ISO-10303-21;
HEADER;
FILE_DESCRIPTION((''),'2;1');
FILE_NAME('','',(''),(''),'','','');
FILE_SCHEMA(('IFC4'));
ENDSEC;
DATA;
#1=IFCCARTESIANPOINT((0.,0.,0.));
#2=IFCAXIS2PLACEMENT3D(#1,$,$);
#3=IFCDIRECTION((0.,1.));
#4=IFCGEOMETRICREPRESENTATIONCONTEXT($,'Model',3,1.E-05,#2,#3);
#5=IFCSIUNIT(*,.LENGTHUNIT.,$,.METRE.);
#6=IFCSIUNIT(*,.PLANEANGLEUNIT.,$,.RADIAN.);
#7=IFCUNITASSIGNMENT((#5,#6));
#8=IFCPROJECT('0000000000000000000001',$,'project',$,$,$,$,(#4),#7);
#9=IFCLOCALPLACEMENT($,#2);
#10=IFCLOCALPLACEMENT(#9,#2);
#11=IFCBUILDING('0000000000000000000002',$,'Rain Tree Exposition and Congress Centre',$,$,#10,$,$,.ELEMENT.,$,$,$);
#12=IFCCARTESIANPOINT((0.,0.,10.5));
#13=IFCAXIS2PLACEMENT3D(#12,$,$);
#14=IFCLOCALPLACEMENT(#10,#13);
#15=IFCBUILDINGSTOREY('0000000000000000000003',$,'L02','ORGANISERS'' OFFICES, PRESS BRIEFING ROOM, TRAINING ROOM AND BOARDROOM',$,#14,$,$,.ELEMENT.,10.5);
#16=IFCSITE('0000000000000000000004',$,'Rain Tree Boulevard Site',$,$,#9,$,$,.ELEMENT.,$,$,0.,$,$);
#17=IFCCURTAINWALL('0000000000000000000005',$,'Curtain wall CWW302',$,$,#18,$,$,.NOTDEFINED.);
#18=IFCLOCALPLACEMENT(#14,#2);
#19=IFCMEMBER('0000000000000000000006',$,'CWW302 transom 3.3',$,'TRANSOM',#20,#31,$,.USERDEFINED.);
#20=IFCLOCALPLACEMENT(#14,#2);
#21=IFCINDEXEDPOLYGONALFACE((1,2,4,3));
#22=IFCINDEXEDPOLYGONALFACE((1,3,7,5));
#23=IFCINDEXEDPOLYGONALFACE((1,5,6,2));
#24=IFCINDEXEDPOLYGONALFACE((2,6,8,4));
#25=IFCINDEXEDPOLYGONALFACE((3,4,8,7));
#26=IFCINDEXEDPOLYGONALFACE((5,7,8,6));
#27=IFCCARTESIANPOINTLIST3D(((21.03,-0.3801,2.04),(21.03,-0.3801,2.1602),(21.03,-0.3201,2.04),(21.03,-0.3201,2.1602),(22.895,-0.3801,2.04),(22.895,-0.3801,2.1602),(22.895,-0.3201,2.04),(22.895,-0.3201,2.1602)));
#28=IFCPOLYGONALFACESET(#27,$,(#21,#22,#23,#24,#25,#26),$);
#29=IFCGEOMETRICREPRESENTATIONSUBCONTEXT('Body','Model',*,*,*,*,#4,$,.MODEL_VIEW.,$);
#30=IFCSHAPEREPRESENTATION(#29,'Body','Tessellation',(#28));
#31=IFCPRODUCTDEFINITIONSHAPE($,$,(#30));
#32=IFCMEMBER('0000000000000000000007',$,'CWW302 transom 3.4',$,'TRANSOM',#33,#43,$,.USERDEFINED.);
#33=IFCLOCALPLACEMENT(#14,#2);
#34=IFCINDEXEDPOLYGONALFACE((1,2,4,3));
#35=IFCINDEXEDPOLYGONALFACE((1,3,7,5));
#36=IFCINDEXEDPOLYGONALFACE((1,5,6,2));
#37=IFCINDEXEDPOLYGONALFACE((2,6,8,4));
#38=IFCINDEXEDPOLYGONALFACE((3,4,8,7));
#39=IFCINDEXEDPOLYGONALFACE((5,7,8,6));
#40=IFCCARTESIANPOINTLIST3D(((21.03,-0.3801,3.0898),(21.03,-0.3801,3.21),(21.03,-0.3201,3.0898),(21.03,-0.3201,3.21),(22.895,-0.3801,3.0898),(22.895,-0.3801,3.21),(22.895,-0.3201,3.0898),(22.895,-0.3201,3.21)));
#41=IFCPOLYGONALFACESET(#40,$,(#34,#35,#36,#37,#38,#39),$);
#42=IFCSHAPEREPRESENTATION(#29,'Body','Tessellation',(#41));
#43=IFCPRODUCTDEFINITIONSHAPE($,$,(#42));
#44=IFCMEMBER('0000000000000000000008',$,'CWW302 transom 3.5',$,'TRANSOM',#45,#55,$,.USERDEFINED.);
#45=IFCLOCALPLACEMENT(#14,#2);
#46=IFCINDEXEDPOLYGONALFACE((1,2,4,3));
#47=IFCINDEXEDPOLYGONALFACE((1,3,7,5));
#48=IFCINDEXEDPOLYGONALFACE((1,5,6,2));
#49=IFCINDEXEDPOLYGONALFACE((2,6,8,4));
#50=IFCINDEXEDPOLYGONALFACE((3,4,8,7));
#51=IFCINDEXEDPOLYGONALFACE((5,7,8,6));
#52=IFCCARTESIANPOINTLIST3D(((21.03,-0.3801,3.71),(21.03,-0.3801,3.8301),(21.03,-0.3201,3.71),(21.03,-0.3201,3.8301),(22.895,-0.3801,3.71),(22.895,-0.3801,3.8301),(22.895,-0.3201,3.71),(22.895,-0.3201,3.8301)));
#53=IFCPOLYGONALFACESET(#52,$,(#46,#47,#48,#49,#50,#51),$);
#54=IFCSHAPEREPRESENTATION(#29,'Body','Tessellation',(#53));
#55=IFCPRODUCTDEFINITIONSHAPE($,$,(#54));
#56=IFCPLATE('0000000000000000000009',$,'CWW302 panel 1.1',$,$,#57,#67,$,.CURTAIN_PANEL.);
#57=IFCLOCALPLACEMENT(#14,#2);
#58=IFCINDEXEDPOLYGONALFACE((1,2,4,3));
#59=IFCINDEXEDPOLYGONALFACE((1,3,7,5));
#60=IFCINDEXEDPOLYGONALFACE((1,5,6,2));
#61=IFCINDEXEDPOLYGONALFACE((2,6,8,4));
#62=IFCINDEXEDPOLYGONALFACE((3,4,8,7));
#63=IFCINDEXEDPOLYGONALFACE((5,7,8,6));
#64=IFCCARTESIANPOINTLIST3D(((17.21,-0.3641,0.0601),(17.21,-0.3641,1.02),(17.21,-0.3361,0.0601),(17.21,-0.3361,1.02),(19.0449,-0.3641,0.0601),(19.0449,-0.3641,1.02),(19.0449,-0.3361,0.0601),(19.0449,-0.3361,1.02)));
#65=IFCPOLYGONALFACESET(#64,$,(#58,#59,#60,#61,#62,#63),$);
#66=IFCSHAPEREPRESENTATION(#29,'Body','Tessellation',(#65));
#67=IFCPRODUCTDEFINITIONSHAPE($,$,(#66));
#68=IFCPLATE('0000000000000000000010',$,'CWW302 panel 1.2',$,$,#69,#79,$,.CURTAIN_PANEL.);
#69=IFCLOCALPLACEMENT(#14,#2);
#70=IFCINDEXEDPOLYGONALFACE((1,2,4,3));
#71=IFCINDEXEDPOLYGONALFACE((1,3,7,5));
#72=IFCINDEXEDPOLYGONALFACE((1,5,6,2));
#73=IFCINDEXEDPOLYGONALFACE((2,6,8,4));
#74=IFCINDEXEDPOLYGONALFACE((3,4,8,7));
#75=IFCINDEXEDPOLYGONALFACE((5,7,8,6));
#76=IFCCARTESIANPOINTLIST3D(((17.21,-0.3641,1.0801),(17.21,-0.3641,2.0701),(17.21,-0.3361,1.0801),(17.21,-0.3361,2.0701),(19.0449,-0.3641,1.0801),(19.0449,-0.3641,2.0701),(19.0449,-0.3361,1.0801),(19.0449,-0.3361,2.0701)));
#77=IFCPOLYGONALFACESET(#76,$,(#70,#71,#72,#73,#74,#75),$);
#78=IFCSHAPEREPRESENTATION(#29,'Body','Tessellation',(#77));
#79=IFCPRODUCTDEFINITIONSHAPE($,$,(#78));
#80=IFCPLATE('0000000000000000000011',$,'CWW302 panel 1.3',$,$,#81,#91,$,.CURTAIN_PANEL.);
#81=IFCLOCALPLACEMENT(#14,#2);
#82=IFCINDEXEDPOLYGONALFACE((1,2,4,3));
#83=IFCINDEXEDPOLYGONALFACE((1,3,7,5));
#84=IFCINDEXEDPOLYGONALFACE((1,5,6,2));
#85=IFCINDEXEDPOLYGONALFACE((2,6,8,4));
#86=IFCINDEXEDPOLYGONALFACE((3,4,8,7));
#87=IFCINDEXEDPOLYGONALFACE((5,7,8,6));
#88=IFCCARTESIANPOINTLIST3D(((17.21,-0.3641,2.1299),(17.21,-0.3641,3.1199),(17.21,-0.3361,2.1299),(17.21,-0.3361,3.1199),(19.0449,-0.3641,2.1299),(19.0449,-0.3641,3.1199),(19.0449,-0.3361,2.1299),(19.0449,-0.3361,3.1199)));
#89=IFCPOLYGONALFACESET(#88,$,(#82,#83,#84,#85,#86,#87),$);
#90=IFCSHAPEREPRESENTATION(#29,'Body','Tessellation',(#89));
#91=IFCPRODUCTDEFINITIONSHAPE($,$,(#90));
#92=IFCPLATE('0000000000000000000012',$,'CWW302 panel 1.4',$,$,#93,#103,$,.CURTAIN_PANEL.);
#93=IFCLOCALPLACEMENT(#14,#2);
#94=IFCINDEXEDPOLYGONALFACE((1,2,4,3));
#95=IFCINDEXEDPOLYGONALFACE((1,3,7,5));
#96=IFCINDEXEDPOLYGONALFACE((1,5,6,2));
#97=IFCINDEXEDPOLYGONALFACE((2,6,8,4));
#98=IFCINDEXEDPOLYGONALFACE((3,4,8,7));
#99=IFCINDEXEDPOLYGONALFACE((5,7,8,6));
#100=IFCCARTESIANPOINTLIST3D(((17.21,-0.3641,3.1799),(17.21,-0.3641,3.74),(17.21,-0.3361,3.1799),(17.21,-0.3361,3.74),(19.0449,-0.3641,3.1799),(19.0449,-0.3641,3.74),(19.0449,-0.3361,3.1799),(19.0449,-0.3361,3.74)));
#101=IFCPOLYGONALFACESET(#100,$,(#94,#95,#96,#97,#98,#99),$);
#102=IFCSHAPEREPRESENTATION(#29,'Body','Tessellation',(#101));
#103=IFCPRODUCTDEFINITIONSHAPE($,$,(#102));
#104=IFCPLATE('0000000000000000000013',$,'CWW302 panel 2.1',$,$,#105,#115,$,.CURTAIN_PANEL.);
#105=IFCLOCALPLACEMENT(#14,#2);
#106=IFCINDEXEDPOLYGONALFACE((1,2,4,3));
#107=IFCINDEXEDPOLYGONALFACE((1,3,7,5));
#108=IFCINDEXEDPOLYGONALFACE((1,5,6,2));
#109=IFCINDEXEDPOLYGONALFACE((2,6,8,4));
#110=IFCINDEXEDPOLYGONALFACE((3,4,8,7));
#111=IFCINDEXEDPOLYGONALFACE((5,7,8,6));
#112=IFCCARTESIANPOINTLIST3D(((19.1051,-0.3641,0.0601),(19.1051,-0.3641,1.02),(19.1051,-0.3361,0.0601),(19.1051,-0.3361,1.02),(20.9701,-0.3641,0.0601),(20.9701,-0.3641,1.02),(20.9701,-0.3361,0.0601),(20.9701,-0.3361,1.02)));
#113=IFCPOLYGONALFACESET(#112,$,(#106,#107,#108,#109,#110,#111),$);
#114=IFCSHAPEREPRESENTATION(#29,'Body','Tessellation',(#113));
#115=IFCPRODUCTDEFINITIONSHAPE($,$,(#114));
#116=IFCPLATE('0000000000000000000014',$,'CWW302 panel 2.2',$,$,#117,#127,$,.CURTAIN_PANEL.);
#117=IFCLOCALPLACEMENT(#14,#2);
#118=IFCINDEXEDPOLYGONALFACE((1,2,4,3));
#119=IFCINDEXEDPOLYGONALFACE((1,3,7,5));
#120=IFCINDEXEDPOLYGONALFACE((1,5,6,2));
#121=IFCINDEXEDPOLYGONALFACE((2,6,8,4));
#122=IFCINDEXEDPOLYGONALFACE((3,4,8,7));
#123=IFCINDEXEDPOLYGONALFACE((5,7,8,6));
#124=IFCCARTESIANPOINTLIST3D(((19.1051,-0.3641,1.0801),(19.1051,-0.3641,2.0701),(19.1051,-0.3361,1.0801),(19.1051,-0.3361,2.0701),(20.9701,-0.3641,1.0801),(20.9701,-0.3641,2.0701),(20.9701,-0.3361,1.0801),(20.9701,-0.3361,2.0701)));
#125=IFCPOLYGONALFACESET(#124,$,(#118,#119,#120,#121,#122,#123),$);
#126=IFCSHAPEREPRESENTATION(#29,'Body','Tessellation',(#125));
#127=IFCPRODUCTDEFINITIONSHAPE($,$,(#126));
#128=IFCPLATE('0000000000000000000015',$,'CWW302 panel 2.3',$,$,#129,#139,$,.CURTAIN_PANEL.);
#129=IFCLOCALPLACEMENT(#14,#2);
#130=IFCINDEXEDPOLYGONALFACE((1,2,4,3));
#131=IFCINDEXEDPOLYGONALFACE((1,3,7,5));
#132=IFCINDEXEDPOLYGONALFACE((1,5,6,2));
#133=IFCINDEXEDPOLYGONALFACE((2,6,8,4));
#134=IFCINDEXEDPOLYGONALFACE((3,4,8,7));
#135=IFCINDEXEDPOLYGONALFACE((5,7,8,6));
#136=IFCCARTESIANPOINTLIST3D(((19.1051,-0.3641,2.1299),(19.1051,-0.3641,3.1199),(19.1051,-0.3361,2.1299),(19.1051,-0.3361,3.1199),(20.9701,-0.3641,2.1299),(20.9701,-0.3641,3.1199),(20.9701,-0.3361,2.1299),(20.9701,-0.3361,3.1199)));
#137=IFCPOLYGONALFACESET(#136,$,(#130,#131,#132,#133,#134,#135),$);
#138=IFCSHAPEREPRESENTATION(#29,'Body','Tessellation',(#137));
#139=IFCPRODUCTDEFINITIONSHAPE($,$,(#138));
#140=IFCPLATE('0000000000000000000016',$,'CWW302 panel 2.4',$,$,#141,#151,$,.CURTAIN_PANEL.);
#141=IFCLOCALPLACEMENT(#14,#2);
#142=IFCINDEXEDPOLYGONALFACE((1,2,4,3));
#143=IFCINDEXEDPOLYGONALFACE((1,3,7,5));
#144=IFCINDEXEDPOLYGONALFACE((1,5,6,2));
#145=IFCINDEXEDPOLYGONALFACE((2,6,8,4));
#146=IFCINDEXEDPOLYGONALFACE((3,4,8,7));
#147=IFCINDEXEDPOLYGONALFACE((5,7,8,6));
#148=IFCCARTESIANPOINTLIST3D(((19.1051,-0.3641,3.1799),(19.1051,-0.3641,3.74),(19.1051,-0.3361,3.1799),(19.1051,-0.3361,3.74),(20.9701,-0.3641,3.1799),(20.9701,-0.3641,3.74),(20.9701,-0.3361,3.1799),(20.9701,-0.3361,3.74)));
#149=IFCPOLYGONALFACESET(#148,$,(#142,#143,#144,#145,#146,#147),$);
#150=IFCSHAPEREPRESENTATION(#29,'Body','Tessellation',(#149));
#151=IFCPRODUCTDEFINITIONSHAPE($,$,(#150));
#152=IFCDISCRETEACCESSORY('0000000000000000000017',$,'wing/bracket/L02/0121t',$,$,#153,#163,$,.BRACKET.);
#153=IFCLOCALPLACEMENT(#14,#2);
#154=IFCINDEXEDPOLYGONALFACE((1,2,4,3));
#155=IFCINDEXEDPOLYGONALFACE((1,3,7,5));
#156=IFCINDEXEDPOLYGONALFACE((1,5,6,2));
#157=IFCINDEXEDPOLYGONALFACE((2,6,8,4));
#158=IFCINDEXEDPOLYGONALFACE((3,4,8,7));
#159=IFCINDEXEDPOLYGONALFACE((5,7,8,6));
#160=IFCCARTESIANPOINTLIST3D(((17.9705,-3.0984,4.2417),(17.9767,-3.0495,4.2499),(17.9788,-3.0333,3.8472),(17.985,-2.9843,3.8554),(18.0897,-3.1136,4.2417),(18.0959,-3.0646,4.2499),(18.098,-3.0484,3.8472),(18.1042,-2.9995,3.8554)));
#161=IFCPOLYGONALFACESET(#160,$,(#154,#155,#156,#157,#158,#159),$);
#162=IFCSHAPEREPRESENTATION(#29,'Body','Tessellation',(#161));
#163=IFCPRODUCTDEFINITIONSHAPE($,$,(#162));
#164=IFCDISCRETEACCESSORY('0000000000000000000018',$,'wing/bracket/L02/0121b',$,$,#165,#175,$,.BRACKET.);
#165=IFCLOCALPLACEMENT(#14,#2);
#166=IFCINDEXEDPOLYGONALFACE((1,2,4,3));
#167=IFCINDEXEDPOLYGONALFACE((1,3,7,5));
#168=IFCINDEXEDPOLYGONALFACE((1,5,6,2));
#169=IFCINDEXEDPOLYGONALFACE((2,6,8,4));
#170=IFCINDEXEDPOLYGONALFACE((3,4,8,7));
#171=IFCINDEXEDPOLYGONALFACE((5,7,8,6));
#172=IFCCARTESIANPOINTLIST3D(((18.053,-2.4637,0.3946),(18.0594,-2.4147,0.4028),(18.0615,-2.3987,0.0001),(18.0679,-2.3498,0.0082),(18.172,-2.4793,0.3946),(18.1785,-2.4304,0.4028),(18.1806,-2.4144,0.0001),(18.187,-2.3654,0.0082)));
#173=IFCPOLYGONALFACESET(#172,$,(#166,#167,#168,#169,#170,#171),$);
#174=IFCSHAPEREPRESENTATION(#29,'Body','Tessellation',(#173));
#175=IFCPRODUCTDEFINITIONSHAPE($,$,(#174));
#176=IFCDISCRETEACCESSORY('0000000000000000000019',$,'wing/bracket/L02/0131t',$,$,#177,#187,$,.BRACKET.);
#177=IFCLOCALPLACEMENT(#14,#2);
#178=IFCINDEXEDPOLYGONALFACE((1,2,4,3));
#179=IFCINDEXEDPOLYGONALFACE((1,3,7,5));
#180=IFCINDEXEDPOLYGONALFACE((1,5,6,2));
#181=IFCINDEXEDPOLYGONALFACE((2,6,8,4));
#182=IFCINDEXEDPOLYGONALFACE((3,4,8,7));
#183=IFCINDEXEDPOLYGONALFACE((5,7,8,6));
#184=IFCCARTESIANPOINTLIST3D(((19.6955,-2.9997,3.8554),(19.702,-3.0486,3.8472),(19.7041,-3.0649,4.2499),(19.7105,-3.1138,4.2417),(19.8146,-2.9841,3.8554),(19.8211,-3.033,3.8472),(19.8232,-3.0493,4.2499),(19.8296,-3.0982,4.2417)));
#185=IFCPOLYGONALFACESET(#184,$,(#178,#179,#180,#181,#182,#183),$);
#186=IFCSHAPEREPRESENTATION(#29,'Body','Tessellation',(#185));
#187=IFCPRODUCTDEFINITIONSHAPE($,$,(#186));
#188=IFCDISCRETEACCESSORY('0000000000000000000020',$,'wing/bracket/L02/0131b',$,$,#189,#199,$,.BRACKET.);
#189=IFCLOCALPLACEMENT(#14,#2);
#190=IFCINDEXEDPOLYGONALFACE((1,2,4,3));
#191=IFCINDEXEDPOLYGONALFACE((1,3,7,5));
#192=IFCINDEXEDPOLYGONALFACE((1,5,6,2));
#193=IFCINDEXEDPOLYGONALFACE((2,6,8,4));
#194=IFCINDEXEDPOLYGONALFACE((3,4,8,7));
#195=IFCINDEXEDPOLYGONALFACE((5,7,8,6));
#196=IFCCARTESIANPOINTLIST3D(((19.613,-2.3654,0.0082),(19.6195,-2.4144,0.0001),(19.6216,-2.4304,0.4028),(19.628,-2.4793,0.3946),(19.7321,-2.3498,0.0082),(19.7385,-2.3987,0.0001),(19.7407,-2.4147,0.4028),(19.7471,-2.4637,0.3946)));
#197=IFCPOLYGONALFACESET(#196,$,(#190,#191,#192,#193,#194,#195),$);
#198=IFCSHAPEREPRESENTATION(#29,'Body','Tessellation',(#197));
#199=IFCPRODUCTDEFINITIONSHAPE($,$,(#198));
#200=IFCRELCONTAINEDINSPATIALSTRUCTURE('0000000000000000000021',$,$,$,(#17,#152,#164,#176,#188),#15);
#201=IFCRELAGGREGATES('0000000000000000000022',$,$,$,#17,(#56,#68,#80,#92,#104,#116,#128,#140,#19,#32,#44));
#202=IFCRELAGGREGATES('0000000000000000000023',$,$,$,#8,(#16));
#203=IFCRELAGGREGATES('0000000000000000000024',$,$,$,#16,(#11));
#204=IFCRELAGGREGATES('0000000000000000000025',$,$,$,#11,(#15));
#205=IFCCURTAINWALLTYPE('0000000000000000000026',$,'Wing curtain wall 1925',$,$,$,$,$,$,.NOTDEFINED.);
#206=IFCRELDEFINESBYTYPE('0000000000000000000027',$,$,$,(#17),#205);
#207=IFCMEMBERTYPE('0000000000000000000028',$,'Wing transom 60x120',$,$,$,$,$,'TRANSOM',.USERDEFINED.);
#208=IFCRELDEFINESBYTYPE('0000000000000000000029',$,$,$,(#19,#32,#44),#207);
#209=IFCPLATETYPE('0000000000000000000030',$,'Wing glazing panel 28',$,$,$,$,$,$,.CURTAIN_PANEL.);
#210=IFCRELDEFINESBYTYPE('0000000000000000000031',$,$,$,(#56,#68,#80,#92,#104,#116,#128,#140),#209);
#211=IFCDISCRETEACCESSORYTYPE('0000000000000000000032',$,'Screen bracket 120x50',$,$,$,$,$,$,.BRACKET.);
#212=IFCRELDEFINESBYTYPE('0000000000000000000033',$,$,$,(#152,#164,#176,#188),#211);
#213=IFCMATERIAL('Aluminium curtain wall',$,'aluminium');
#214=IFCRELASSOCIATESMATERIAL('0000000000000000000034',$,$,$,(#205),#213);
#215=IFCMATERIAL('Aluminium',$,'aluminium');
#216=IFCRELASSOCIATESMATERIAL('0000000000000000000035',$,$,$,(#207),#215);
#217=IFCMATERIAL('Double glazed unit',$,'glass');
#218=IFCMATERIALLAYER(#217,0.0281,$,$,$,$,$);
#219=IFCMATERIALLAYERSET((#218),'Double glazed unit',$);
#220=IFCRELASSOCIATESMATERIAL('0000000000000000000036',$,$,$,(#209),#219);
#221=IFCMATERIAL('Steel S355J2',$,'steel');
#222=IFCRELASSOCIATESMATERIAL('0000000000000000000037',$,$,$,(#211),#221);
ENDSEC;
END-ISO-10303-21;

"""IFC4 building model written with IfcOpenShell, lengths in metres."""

from ifc_helpers import new_model, si_unit, direction, frame, origin, origin_2d, place, context, subcontext, project, spatial, rectangle, extrude, material, layer, layer_set, material_profile, profile_set, type_object, element, aggregate, save


model = new_model("IFC4")

# Units and contexts
model_context = context("Model", 3, precision=1e-05, world=origin(), true_north=direction((0.0, 1.0)))
body_context = subcontext(model_context, "Body", "Model", "MODEL_VIEW")
ifc_project = project(units=[si_unit("LENGTHUNIT", "METRE"), si_unit("PLANEANGLEUNIT", "RADIAN")], contexts=[model_context])

# Site, building, storey
site_placement = place(None, origin())
site = spatial("IfcSite", under=ifc_project, at=site_placement, Name="Rain Tree Boulevard Site", CompositionType="ELEMENT", RefElevation=0.0)
building_placement = place(site_placement, origin())
building = spatial("IfcBuilding", under=site, at=building_placement, Name="Rain Tree Exposition and Congress Centre", CompositionType="ELEMENT")
storey_placement = place(building_placement, frame((0.0, 0.0, 10.5)))
storey = spatial("IfcBuildingStorey", under=building, at=storey_placement, Name="L02", Description="ORGANISERS' OFFICES, PRESS BRIEFING ROOM, TRAINING ROOM AND BOARDROOM", CompositionType="ELEMENT", Elevation=10.5)

# Curtain wall, members, plates
ifc_material_1 = material(Name="Aluminium curtain wall", Category="aluminium")
curtain_wall_type = type_object("IfcCurtainWallType", Name="Wing curtain wall 1925", PredefinedType="NOTDEFINED", material=ifc_material_1)
curtain_wall_placement = place(storey_placement, origin())
curtain_wall = element("IfcCurtainWall", 1, at=curtain_wall_placement, inside=storey, type_object=curtain_wall_type, Name="Curtain wall CWW302", PredefinedType="NOTDEFINED")
ifc_material_2 = material(Name="Aluminium", Category="aluminium")
ifc_material_profile_1 = material_profile(ifc_material_2, rectangle(XDim=0.0601, YDim=0.1201, at=origin_2d()), Name="Aluminium 60x120")
ifc_profile_set_1 = profile_set([ifc_material_profile_1], Name="Aluminium")
member_type_1 = type_object("IfcMemberType", Name="Wing transom 60x120", ElementType="TRANSOM", PredefinedType="USERDEFINED", material=ifc_profile_set_1)
member_1_placement = place(storey_placement, frame((21.03, -0.3501, 2.1001), z_axis=(1.0, 0.0, 0.0), x_axis=(0.0, 1.0, 0.0)))
member_1 = element("IfcMember", 2, at=member_1_placement, type_object=member_type_1, Name="CWW302 transom 3.3", ObjectType="TRANSOM", PredefinedType="USERDEFINED", context=body_context, shape_type="SweptSolid", body=[
    extrude(rectangle(XDim=0.0601, YDim=0.1201, at=origin_2d()), origin(), (0.0, 0.0, 1.0), 1.865),
])
member_2_placement = place(storey_placement, frame((21.03, -0.3501, 3.1499), z_axis=(1.0, 0.0, 0.0), x_axis=(0.0, 1.0, 0.0)))
member_2 = element("IfcMember", 3, at=member_2_placement, type_object=member_type_1, Name="CWW302 transom 3.4", ObjectType="TRANSOM", PredefinedType="USERDEFINED", context=body_context, shape_type="SweptSolid", body=[
    extrude(rectangle(XDim=0.0601, YDim=0.1201, at=origin_2d()), origin(), (0.0, 0.0, 1.0), 1.865),
])
member_3_placement = place(storey_placement, frame((21.03, -0.3501, 3.77), z_axis=(1.0, 0.0, 0.0), x_axis=(0.0, 1.0, 0.0)))
member_3 = element("IfcMember", 4, at=member_3_placement, type_object=member_type_1, Name="CWW302 transom 3.5", ObjectType="TRANSOM", PredefinedType="USERDEFINED", context=body_context, shape_type="SweptSolid", body=[
    extrude(rectangle(XDim=0.0601, YDim=0.1201, at=origin_2d()), origin(), (0.0, 0.0, 1.0), 1.865),
])
ifc_material_3 = material(Name="Double glazed unit", Category="glass")
ifc_layer_1 = layer(ifc_material_3, 0.0281)
ifc_layer_set_1 = layer_set([ifc_layer_1], Name="Double glazed unit")
plate_type = type_object("IfcPlateType", Name="Wing glazing panel 28", PredefinedType="CURTAIN_PANEL", material=ifc_layer_set_1)
plate_1_placement = place(storey_placement, frame((18.1274, -0.3501, 0.0601), z_axis=(0.0, 0.0, 1.0), x_axis=(1.0, 0.0, 0.0)))
plate_1 = element("IfcPlate", 5, at=plate_1_placement, type_object=plate_type, Name="CWW302 panel 1.1", PredefinedType="CURTAIN_PANEL", context=body_context, shape_type="SweptSolid", body=[
    extrude(rectangle(XDim=1.835, YDim=0.0281, at=origin_2d()), origin(), (0.0, 0.0, 1.0), 0.96),
])
plate_2_placement = place(storey_placement, frame((18.1274, -0.3501, 1.0801), z_axis=(0.0, 0.0, 1.0), x_axis=(1.0, 0.0, 0.0)))
plate_2 = element("IfcPlate", 6, at=plate_2_placement, type_object=plate_type, Name="CWW302 panel 1.2", PredefinedType="CURTAIN_PANEL", context=body_context, shape_type="SweptSolid", body=[
    extrude(rectangle(XDim=1.835, YDim=0.0281, at=origin_2d()), origin(), (0.0, 0.0, 1.0), 0.99),
])
plate_3_placement = place(storey_placement, frame((18.1274, -0.3501, 2.1299), z_axis=(0.0, 0.0, 1.0), x_axis=(1.0, 0.0, 0.0)))
plate_3 = element("IfcPlate", 7, at=plate_3_placement, type_object=plate_type, Name="CWW302 panel 1.3", PredefinedType="CURTAIN_PANEL", context=body_context, shape_type="SweptSolid", body=[
    extrude(rectangle(XDim=1.835, YDim=0.0281, at=origin_2d()), origin(), (0.0, 0.0, 1.0), 0.99),
])
plate_4_placement = place(storey_placement, frame((18.1274, -0.3501, 3.1799), z_axis=(0.0, 0.0, 1.0), x_axis=(1.0, 0.0, 0.0)))
plate_4 = element("IfcPlate", 8, at=plate_4_placement, type_object=plate_type, Name="CWW302 panel 1.4", PredefinedType="CURTAIN_PANEL", context=body_context, shape_type="SweptSolid", body=[
    extrude(rectangle(XDim=1.835, YDim=0.0281, at=origin_2d()), origin(), (0.0, 0.0, 1.0), 0.5601),
])
plate_5_placement = place(storey_placement, frame((20.0376, -0.3501, 0.0601), z_axis=(0.0, 0.0, 1.0), x_axis=(1.0, 0.0, 0.0)))
plate_5 = element("IfcPlate", 9, at=plate_5_placement, type_object=plate_type, Name="CWW302 panel 2.1", PredefinedType="CURTAIN_PANEL", context=body_context, shape_type="SweptSolid", body=[
    extrude(rectangle(XDim=1.865, YDim=0.0281, at=origin_2d()), origin(), (0.0, 0.0, 1.0), 0.96),
])
plate_6_placement = place(storey_placement, frame((20.0376, -0.3501, 1.0801), z_axis=(0.0, 0.0, 1.0), x_axis=(1.0, 0.0, 0.0)))
plate_6 = element("IfcPlate", 10, at=plate_6_placement, type_object=plate_type, Name="CWW302 panel 2.2", PredefinedType="CURTAIN_PANEL", context=body_context, shape_type="SweptSolid", body=[
    extrude(rectangle(XDim=1.865, YDim=0.0281, at=origin_2d()), origin(), (0.0, 0.0, 1.0), 0.99),
])
plate_7_placement = place(storey_placement, frame((20.0376, -0.3501, 2.1299), z_axis=(0.0, 0.0, 1.0), x_axis=(1.0, 0.0, 0.0)))
plate_7 = element("IfcPlate", 11, at=plate_7_placement, type_object=plate_type, Name="CWW302 panel 2.3", PredefinedType="CURTAIN_PANEL", context=body_context, shape_type="SweptSolid", body=[
    extrude(rectangle(XDim=1.865, YDim=0.0281, at=origin_2d()), origin(), (0.0, 0.0, 1.0), 0.99),
])
plate_8_placement = place(storey_placement, frame((20.0376, -0.3501, 3.1799), z_axis=(0.0, 0.0, 1.0), x_axis=(1.0, 0.0, 0.0)))
plate_8 = element("IfcPlate", 12, at=plate_8_placement, type_object=plate_type, Name="CWW302 panel 2.4", PredefinedType="CURTAIN_PANEL", context=body_context, shape_type="SweptSolid", body=[
    extrude(rectangle(XDim=1.865, YDim=0.0281, at=origin_2d()), origin(), (0.0, 0.0, 1.0), 0.5601),
])
aggregate(curtain_wall, [plate_1, plate_2, plate_3, plate_4, plate_5, plate_6, plate_7, plate_8, member_1, member_2, member_3])

# Discrete accessories
ifc_material_4 = material(Name="Steel S355J2", Category="steel")
ifc_material_profile_2 = material_profile(ifc_material_4, rectangle(XDim=0.1201, YDim=0.05, at=origin_2d()), Name="Flat bar 120x50")
ifc_profile_set_2 = profile_set([ifc_material_profile_2], Name="Steel S355J2")
discrete_accessory_type = type_object("IfcDiscreteAccessoryType", Name="Screen bracket 120x50", PredefinedType="BRACKET", material=ifc_profile_set_2)
for number, where, z_axis, x_axis, name in (
    (13, (18.0415, -3.0164, 3.8513), (-0.020754, -0.162978, 0.986411), (0.991989, -0.126321, 0.0), "wing/bracket/L02/0121t"),
    (14, (18.1243, -2.3821, 0.0042), (-0.021366, -0.162381, 0.986497), (0.991454, -0.130455, 0.0), "wing/bracket/L02/0121b"),
    (15, (19.7583, -3.0164, 3.8513), (0.021364, -0.162976, 0.986399), (0.991517, 0.129974, 0.0), "wing/bracket/L02/0131t"),
    (16, (19.6758, -2.3821, 0.0042), (0.021366, -0.162381, 0.986497), (0.991454, 0.130455, 0.0), "wing/bracket/L02/0131b"),
):
    element("IfcDiscreteAccessory", number, at=place(storey_placement, frame(where, z_axis=z_axis, x_axis=x_axis)), inside=storey, type_object=discrete_accessory_type, Name=name, PredefinedType="BRACKET", context=body_context, shape_type="SweptSolid", body=[
        extrude(rectangle(XDim=0.1201, YDim=0.05, at=origin_2d()), origin(), (0.0, 0.0, 1.0), 0.3999),
    ])

save(model, "model.ifc")
